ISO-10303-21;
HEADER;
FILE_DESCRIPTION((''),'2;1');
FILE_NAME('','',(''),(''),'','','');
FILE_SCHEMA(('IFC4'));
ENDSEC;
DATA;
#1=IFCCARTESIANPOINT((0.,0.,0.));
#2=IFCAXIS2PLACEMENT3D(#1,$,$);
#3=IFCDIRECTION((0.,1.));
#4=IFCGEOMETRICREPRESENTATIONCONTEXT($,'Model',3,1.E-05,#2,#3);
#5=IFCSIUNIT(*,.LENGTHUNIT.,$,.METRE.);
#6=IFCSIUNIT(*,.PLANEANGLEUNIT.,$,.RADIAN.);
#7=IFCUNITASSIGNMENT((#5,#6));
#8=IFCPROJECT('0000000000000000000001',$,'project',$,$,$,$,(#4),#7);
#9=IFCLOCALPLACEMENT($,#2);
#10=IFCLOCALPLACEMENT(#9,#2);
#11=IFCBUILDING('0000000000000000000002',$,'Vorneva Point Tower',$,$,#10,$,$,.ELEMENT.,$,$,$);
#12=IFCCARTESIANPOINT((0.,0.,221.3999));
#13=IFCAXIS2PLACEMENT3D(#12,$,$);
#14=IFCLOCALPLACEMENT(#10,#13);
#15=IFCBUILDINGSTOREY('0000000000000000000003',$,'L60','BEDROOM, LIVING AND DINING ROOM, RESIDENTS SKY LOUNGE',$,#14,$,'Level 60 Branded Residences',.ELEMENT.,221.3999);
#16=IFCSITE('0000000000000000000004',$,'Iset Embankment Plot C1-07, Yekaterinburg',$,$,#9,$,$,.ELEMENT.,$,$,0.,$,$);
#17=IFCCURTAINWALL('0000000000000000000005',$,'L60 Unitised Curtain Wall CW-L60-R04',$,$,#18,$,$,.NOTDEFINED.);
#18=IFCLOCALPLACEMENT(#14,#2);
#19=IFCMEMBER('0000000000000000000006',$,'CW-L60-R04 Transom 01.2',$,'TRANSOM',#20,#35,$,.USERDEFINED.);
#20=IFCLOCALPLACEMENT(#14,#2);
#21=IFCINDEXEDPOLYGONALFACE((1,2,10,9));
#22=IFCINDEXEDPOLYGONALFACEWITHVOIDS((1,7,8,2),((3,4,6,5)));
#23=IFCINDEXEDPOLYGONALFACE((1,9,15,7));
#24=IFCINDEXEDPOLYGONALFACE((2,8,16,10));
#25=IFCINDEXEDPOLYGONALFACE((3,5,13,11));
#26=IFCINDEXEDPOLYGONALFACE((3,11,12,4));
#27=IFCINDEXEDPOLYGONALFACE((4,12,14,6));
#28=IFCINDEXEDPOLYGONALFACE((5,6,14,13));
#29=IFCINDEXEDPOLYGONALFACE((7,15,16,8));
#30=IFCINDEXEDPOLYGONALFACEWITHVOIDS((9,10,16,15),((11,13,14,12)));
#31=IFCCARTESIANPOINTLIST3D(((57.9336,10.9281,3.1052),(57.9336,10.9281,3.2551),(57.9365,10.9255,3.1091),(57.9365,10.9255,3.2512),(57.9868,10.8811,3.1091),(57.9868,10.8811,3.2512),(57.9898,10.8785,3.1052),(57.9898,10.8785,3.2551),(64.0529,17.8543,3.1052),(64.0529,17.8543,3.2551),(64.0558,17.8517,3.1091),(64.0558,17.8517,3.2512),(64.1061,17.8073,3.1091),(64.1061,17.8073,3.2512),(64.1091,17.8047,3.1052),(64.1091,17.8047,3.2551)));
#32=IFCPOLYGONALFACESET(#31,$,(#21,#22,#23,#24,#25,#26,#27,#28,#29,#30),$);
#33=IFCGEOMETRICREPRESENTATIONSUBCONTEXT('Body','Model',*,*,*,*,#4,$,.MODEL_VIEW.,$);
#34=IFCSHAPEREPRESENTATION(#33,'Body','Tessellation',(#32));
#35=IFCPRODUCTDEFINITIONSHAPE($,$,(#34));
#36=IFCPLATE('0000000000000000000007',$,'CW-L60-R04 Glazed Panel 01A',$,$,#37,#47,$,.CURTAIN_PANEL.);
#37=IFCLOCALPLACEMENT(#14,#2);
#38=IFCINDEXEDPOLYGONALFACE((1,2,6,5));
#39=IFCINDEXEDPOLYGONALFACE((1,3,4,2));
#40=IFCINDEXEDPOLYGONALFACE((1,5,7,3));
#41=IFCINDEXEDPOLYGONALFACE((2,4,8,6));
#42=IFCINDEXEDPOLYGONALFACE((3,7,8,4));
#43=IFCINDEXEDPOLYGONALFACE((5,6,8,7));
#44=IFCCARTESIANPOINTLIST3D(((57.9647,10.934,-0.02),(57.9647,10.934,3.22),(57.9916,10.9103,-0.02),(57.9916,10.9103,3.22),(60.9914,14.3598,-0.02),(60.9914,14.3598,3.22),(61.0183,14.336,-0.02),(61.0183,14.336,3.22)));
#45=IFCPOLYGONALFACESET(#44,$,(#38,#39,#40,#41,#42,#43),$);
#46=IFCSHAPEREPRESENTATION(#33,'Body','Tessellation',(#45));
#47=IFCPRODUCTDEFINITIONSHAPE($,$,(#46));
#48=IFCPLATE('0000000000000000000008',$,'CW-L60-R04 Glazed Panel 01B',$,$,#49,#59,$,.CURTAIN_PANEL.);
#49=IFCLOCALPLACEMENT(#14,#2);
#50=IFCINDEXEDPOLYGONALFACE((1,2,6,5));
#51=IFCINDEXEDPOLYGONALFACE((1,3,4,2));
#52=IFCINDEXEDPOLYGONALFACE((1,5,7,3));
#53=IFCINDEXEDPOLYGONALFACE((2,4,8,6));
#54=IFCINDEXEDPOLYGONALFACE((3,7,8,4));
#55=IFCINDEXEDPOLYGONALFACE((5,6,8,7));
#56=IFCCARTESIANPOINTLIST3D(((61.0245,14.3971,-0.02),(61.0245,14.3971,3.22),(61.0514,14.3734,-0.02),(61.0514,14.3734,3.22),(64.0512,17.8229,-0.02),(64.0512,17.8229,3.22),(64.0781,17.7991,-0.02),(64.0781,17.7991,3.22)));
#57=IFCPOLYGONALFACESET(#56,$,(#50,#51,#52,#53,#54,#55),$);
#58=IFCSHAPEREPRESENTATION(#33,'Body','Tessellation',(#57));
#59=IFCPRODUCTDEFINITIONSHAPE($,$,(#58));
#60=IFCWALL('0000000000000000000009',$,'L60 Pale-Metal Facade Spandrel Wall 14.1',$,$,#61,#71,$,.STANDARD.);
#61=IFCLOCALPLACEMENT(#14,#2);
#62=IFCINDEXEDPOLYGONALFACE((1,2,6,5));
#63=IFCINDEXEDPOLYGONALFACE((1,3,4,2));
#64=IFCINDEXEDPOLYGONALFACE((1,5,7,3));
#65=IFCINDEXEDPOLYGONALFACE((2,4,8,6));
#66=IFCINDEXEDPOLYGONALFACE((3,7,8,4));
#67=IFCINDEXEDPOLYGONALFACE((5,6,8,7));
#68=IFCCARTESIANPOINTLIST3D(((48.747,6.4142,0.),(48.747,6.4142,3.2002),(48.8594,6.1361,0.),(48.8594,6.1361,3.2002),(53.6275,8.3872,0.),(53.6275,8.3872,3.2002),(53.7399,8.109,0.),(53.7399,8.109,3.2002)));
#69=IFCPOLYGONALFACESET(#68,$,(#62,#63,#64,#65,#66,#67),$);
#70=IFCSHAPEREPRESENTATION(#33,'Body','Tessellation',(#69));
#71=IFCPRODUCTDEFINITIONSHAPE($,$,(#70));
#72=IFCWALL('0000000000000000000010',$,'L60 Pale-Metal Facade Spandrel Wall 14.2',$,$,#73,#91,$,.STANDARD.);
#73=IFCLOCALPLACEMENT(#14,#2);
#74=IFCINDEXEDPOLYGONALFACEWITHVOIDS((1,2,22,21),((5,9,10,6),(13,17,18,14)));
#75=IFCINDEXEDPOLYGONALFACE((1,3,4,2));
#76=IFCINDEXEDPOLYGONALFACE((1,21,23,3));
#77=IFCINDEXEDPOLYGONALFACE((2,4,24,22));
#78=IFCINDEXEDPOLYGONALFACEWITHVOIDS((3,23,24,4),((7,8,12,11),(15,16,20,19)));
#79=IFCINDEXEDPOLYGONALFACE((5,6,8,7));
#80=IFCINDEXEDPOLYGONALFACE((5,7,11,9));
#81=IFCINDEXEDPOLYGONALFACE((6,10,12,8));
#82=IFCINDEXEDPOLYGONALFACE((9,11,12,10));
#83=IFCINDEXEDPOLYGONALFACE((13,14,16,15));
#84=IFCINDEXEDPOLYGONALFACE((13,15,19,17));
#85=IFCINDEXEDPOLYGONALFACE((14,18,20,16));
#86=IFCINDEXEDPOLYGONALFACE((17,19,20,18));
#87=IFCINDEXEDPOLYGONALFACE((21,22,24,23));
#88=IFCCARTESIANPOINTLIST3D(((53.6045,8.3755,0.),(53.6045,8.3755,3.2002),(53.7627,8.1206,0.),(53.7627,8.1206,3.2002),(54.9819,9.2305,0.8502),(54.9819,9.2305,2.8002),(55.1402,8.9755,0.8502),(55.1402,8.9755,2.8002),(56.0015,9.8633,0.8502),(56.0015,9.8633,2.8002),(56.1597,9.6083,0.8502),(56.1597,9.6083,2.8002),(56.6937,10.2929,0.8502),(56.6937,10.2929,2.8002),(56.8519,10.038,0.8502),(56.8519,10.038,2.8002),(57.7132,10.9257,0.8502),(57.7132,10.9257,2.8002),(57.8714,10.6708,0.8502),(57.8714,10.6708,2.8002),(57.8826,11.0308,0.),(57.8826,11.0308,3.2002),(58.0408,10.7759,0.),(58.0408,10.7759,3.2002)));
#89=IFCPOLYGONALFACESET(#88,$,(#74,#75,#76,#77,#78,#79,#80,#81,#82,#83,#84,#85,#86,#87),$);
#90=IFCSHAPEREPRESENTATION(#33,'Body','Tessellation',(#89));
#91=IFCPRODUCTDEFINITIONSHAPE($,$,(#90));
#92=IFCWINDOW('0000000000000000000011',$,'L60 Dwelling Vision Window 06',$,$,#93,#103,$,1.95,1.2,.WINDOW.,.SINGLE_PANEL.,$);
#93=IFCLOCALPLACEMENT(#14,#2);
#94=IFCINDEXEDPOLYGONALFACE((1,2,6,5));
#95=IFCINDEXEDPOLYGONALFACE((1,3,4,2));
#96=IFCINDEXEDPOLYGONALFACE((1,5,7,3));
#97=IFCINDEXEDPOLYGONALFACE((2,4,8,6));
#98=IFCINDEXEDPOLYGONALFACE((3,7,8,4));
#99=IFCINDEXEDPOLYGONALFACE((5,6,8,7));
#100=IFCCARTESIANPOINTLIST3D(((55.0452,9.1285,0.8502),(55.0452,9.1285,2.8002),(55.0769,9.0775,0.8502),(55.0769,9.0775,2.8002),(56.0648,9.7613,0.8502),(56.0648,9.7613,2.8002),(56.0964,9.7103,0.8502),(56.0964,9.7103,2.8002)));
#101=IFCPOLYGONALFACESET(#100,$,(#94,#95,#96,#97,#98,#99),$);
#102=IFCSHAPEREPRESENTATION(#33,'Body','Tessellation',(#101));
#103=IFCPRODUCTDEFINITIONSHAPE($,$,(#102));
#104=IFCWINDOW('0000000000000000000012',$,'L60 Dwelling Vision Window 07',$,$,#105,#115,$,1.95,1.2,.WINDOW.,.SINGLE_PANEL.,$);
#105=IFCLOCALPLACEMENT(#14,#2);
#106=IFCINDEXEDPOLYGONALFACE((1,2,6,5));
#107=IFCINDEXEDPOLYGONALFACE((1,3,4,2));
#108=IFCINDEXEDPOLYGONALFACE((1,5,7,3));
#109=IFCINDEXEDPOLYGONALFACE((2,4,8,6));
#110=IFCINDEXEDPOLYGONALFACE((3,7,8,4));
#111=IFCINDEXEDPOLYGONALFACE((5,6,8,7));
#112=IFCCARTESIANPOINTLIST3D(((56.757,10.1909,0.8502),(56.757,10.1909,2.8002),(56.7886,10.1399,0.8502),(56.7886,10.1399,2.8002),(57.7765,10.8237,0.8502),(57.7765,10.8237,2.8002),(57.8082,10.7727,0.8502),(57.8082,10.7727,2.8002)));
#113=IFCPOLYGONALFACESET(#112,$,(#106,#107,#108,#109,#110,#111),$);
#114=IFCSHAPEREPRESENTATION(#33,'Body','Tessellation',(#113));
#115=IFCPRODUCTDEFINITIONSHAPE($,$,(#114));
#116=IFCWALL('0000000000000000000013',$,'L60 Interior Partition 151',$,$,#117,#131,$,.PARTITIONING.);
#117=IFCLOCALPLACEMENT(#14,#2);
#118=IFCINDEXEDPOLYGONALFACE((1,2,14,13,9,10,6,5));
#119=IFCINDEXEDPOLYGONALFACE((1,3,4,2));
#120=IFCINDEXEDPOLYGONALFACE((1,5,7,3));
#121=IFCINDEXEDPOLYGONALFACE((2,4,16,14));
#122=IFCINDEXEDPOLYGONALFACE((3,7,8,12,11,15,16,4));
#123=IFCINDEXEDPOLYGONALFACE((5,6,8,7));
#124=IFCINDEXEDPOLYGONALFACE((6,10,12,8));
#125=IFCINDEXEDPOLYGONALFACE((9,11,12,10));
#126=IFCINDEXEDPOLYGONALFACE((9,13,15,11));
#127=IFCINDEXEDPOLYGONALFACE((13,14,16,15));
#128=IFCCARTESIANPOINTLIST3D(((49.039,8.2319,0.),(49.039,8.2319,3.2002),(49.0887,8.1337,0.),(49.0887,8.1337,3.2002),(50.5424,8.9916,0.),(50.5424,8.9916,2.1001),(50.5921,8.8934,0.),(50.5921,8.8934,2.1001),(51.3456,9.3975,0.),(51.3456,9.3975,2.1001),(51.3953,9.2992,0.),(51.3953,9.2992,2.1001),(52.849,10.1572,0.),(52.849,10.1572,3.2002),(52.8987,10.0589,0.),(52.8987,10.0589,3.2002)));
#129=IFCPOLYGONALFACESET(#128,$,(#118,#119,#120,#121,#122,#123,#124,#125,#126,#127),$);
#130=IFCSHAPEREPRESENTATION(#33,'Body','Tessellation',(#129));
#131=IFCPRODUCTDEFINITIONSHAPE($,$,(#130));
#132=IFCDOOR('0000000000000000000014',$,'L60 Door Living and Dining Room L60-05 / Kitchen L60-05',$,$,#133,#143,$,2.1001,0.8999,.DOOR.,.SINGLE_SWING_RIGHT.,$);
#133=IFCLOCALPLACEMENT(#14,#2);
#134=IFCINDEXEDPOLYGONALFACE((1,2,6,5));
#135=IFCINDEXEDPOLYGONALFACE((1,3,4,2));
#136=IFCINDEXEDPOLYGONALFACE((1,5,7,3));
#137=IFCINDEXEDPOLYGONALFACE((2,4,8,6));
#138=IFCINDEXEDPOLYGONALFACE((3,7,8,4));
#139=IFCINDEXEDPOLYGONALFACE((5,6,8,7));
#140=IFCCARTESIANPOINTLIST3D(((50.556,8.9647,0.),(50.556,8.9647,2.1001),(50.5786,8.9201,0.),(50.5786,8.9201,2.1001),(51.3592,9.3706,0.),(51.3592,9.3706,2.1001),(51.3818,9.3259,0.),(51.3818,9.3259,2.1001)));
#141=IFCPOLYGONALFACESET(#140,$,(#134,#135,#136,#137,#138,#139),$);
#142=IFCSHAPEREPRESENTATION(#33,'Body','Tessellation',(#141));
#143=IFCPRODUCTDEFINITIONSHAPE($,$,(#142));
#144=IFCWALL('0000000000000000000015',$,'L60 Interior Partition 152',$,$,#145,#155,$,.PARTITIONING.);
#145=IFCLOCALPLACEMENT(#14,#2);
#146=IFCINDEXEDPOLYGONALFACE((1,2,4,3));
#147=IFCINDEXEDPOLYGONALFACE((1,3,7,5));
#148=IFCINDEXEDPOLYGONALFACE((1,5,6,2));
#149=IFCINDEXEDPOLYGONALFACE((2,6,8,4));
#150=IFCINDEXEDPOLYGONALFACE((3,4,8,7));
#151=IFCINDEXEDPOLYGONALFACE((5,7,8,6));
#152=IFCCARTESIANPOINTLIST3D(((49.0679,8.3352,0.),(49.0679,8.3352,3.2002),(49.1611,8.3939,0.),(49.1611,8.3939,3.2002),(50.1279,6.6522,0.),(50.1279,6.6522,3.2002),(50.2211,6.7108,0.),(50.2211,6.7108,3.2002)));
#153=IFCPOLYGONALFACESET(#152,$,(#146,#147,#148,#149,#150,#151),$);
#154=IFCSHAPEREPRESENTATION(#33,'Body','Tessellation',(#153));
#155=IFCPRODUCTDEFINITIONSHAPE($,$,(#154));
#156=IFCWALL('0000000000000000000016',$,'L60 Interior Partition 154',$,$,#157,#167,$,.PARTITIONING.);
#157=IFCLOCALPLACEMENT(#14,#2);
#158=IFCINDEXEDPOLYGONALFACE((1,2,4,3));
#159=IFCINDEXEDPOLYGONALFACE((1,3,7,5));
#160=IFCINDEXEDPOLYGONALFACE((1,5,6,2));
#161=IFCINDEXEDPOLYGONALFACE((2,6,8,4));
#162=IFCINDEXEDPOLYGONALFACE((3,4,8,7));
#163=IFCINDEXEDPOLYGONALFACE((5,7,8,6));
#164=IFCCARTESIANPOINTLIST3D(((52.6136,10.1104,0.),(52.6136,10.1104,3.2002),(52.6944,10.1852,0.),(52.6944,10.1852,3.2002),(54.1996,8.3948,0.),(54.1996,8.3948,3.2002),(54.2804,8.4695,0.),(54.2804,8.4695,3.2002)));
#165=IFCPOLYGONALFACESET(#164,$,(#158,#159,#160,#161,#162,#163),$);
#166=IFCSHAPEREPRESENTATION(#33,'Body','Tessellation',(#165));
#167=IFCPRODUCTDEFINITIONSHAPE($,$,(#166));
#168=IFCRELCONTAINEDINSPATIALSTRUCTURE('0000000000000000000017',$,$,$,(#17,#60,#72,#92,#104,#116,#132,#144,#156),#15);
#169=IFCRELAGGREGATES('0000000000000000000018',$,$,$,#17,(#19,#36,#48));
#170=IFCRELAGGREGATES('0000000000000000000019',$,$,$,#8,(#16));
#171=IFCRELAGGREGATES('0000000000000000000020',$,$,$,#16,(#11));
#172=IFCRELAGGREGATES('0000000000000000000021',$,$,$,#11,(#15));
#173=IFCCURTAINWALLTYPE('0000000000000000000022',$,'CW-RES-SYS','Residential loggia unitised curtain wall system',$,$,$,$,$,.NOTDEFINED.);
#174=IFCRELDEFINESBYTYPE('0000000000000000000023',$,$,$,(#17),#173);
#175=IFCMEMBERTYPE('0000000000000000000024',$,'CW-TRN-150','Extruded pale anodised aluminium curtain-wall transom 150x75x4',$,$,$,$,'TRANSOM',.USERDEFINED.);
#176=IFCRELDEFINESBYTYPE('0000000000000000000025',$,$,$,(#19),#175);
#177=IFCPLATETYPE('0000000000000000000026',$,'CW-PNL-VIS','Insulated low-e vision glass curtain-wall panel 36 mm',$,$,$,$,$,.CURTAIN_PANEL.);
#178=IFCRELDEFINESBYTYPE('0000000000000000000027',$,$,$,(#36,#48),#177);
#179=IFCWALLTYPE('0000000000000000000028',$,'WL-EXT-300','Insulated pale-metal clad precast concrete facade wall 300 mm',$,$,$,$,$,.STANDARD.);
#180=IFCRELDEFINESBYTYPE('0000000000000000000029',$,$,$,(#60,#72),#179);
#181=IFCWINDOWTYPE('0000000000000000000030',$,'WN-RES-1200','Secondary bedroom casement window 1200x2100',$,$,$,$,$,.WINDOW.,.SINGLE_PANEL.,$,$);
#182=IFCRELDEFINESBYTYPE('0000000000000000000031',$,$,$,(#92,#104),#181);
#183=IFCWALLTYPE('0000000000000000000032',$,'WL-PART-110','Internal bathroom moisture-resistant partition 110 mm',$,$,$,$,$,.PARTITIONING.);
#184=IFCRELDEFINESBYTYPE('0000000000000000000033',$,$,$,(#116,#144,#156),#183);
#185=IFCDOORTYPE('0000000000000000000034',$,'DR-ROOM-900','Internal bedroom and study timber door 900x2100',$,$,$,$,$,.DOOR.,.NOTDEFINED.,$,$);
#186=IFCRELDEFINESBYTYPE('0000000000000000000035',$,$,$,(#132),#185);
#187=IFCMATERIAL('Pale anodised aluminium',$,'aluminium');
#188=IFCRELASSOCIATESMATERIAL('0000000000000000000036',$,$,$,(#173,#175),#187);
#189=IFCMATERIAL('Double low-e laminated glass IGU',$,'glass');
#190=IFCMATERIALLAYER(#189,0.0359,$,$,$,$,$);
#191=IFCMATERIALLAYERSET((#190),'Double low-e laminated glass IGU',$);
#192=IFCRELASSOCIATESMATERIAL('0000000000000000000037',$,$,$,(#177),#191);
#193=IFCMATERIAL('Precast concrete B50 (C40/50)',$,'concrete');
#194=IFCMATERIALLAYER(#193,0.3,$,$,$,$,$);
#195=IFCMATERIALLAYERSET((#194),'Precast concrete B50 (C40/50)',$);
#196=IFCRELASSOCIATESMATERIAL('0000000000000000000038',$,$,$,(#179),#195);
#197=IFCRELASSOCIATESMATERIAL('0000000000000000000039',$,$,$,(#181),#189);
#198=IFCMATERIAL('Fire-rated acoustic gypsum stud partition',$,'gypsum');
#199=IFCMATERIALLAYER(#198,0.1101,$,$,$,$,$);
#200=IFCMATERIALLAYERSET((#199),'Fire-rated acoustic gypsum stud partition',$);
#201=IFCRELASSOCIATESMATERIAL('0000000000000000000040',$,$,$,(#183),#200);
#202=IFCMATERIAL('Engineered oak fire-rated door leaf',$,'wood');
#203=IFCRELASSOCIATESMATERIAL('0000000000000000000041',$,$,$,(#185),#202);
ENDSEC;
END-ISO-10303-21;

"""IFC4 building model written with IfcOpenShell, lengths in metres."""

from ifc_helpers import new_model, si_unit, direction, frame, frame_2d, origin, origin_2d, place, context, subcontext, project, spatial, rectangle, hollow_rectangle, extrude, material, layer, layer_set, material_profile, profile_set, type_object, element, fill, aggregate, save


model = new_model("IFC4")

# Units and contexts
model_context = context("Model", 3, precision=1e-05, world=origin(), true_north=direction((0.0, 1.0)))
body_context = subcontext(model_context, "Body", "Model", "MODEL_VIEW")
ifc_project = project(units=[si_unit("LENGTHUNIT", "METRE"), si_unit("PLANEANGLEUNIT", "RADIAN")], contexts=[model_context])

# Site, building, storey
site_placement = place(None, origin())
site = spatial("IfcSite", under=ifc_project, at=site_placement, Name="Iset Embankment Plot C1-07, Yekaterinburg", CompositionType="ELEMENT", RefElevation=0.0)
building_placement = place(site_placement, origin())
building = spatial("IfcBuilding", under=site, at=building_placement, Name="Vorneva Point Tower", CompositionType="ELEMENT")
storey_placement = place(building_placement, frame((0.0, 0.0, 221.3999)))
storey = spatial("IfcBuildingStorey", under=building, at=storey_placement, Name="L60", Description="BEDROOM, LIVING AND DINING ROOM, RESIDENTS SKY LOUNGE", LongName="Level 60 Branded Residences", CompositionType="ELEMENT", Elevation=221.3999)

# Shared definitions
ifc_material_1 = material(Name="Pale anodised aluminium", Category="aluminium")
curtain_wall_type = type_object("IfcCurtainWallType", Name="CW-RES-SYS", Description="Residential loggia unitised curtain wall system", PredefinedType="NOTDEFINED", material=ifc_material_1)

# Curtain wall, member, plates
curtain_wall_1_placement = place(storey_placement, origin())
curtain_wall_1 = element("IfcCurtainWall", 1, at=curtain_wall_1_placement, inside=storey, type_object=curtain_wall_type, Name="L60 Unitised Curtain Wall CW-L60-R04", PredefinedType="NOTDEFINED")
ifc_material_profile_1 = material_profile(ifc_material_1, hollow_rectangle(XDim=0.075, YDim=0.1499, WallThickness=0.0039, at=origin_2d()), Name="AL-TRN 150x75x4")
ifc_profile_set_1 = profile_set([ifc_material_profile_1], Name="Pale anodised aluminium")
member_type_1 = type_object("IfcMemberType", Name="CW-TRN-150", Description="Extruded pale anodised aluminium curtain-wall transom 150x75x4", ElementType="TRANSOM", PredefinedType="USERDEFINED", material=ifc_profile_set_1)
member_1_placement = place(storey_placement, frame((57.9617, 10.9033, 3.1802), z_axis=(0.662106, 0.74941, 0.0), x_axis=(-0.74941, 0.662106, 0.0)))
member_1 = element("IfcMember", 2, at=member_1_placement, type_object=member_type_1, Name="CW-L60-R04 Transom 01.2", ObjectType="TRANSOM", PredefinedType="USERDEFINED", context=body_context, shape_type="SweptSolid", body=[
    extrude(hollow_rectangle(XDim=0.075, YDim=0.1499, WallThickness=0.0039, at=origin_2d()), origin(), (0.0, 0.0, 1.0), 9.2422),
])
ifc_material_2 = material(Name="Double low-e laminated glass IGU", Category="glass")
ifc_layer_1 = layer(ifc_material_2, 0.0359)
ifc_layer_set_1 = layer_set([ifc_layer_1], Name="Double low-e laminated glass IGU")
plate_type = type_object("IfcPlateType", Name="CW-PNL-VIS", Description="Insulated low-e vision glass curtain-wall panel 36 mm", PredefinedType="CURTAIN_PANEL", material=ifc_layer_set_1)
plate_1_placement = place(storey_placement, frame((59.4915, 12.635, -0.02), z_axis=(0.0, 0.0, 1.0), x_axis=(0.66211, 0.749407, 0.0)))
plate_1 = element("IfcPlate", 3, at=plate_1_placement, type_object=plate_type, Name="CW-L60-R04 Glazed Panel 01A", PredefinedType="CURTAIN_PANEL", context=body_context, shape_type="SweptSolid", body=[
    extrude(rectangle(XDim=4.5713, YDim=0.0359, at=origin_2d()), origin(), (0.0, 0.0, 1.0), 3.24),
])
plate_2_placement = place(storey_placement, frame((62.5513, 16.0981, -0.02), z_axis=(0.0, 0.0, 1.0), x_axis=(0.66211, 0.749407, 0.0)))
plate_2 = element("IfcPlate", 4, at=plate_2_placement, type_object=plate_type, Name="CW-L60-R04 Glazed Panel 01B", PredefinedType="CURTAIN_PANEL", context=body_context, shape_type="SweptSolid", body=[
    extrude(rectangle(XDim=4.5713, YDim=0.0359, at=origin_2d()), origin(), (0.0, 0.0, 1.0), 3.24),
])
aggregate(curtain_wall_1, [member_1, plate_1, plate_2])

# Wall
ifc_material_3 = material(Name="Precast concrete B50 (C40/50)", Category="concrete")
ifc_layer_2 = layer(ifc_material_3, 0.3)
ifc_layer_set_2 = layer_set([ifc_layer_2], Name="Precast concrete B50 (C40/50)")
wall_type_1 = type_object("IfcWallType", Name="WL-EXT-300", Description="Insulated pale-metal clad precast concrete facade wall 300 mm", PredefinedType="STANDARD", material=ifc_layer_set_2)
wall_1_placement = place(storey_placement, frame((48.8032, 6.2751, 0.0), z_axis=(0.0, 0.0, 1.0), x_axis=(0.927111, 0.374787, 0.0)))
element("IfcWall", 5, at=wall_1_placement, inside=storey, type_object=wall_type_1, Name="L60 Pale-Metal Facade Spandrel Wall 14.1", PredefinedType="STANDARD", context=body_context, shape_type="SweptSolid", body=[
    extrude(rectangle(XDim=5.2642, YDim=0.3, at=frame_2d((2.6321, 0.0))), origin(), (0.0, 0.0, 1.0), 3.2002),
])

# Wall, openings, windows
wall_2_placement = place(storey_placement, frame((53.6836, 8.248, 0.0), z_axis=(0.0, 0.0, 1.0), x_axis=(0.849648, 0.527351, 0.0)))
wall_2 = element("IfcWall", 6, at=wall_2_placement, inside=storey, type_object=wall_type_1, Name="L60 Pale-Metal Facade Spandrel Wall 14.2", PredefinedType="STANDARD", context=body_context, shape_type="SweptSolid", body=[
    extrude(rectangle(XDim=5.0352, YDim=0.3, at=frame_2d((2.5176, 0.0))), origin(), (0.0, 0.0, 1.0), 3.2002),
])
opening_1_placement = place(wall_2_placement, frame((1.6211, 0.0, 0.8501)))
opening_1 = element("IfcOpeningElement", 7, at=opening_1_placement, cuts=wall_2, PredefinedType="OPENING", context=body_context, shape_type="SweptSolid", body=[
    extrude(rectangle(XDim=1.2, YDim=1.95, at=frame_2d((0.6001, 0.9751))), frame((0.0, 0.165, 0.0), z_axis=(0.0, -1.0, 0.0), x_axis=(1.0, 0.0, 0.0)), (0.0, 0.0, 1.0), 0.3298),
])
opening_2_placement = place(wall_2_placement, frame((3.6357, 0.0, 0.8501)))
opening_2 = element("IfcOpeningElement", 8, at=opening_2_placement, cuts=wall_2, PredefinedType="OPENING", context=body_context, shape_type="SweptSolid", body=[
    extrude(rectangle(XDim=1.2, YDim=1.95, at=frame_2d((0.6001, 0.9751))), frame((0.0, 0.165, 0.0), z_axis=(0.0, -1.0, 0.0), x_axis=(1.0, 0.0, 0.0)), (0.0, 0.0, 1.0), 0.3298),
])
window_type = type_object("IfcWindowType", Name="WN-RES-1200", Description="Secondary bedroom casement window 1200x2100", PartitioningType="SINGLE_PANEL", PredefinedType="WINDOW", material=ifc_material_2)
window_1_placement = place(opening_1_placement, origin())
window_1 = element("IfcWindow", 9, at=window_1_placement, inside=storey, type_object=window_type, Name="L60 Dwelling Vision Window 06", OverallHeight=1.95, OverallWidth=1.2, PartitioningType="SINGLE_PANEL", PredefinedType="WINDOW", context=body_context, shape_type="SweptSolid", body=[
    extrude(rectangle(XDim=1.2, YDim=1.95, at=frame_2d((0.6001, 0.9751))), frame((0.0, 0.03, 0.0), z_axis=(0.0, -1.0, 0.0), x_axis=(1.0, 0.0, 0.0)), (0.0, 0.0, 1.0), 0.0601),
])
fill(opening_1, window_1)
window_2_placement = place(opening_2_placement, origin())
window_2 = element("IfcWindow", 10, at=window_2_placement, inside=storey, type_object=window_type, Name="L60 Dwelling Vision Window 07", OverallHeight=1.95, OverallWidth=1.2, PartitioningType="SINGLE_PANEL", PredefinedType="WINDOW", context=body_context, shape_type="SweptSolid", body=[
    extrude(rectangle(XDim=1.2, YDim=1.95, at=frame_2d((0.6001, 0.9751))), frame((0.0, 0.03, 0.0), z_axis=(0.0, -1.0, 0.0), x_axis=(1.0, 0.0, 0.0)), (0.0, 0.0, 1.0), 0.0601),
])
fill(opening_2, window_2)

# Wall, opening, door
ifc_material_4 = material(Name="Fire-rated acoustic gypsum stud partition", Category="gypsum")
ifc_layer_3 = layer(ifc_material_4, 0.1101)
ifc_layer_set_3 = layer_set([ifc_layer_3], Name="Fire-rated acoustic gypsum stud partition")
wall_type_2 = type_object("IfcWallType", Name="WL-PART-110", Description="Internal bathroom moisture-resistant partition 110 mm", PredefinedType="PARTITIONING", material=ifc_layer_set_3)
wall_3_placement = place(storey_placement, frame((49.064, 8.1829, 0.0), z_axis=(0.0, 0.0, 1.0), x_axis=(0.89252, 0.451007, 0.0)))
wall_3 = element("IfcWall", 11, at=wall_3_placement, inside=storey, type_object=wall_type_2, Name="L60 Interior Partition 151", PredefinedType="PARTITIONING", context=body_context, shape_type="SweptSolid", body=[
    extrude(rectangle(XDim=4.2688, YDim=0.1101, at=frame_2d((2.1343, 0.0))), origin(), (0.0, 0.0, 1.0), 3.2002),
])
opening_3_placement = place(wall_3_placement, frame((1.6843, 0.0, 0.0)))
opening_3 = element("IfcOpeningElement", 12, at=opening_3_placement, cuts=wall_3, PredefinedType="OPENING", context=body_context, shape_type="SweptSolid", body=[
    extrude(rectangle(XDim=0.8999, YDim=2.1001, at=frame_2d((0.45, 1.05))), frame((0.0, 0.0698, 0.0), z_axis=(0.0, -1.0, 0.0), x_axis=(1.0, 0.0, 0.0)), (0.0, 0.0, 1.0), 0.1399),
])
ifc_material_5 = material(Name="Engineered oak fire-rated door leaf", Category="wood")
door_type_1 = type_object("IfcDoorType", Name="DR-ROOM-900", Description="Internal bedroom and study timber door 900x2100", OperationType="NOTDEFINED", PredefinedType="DOOR", material=ifc_material_5)
door_1_placement = place(opening_3_placement, origin())
door_1 = element("IfcDoor", 13, at=door_1_placement, inside=storey, type_object=door_type_1, Name="L60 Door Living and Dining Room L60-05 / Kitchen L60-05", OperationType="SINGLE_SWING_RIGHT", OverallHeight=2.1001, OverallWidth=0.8999, PredefinedType="DOOR", context=body_context, shape_type="SweptSolid", body=[
    extrude(rectangle(XDim=0.8999, YDim=2.1001, at=frame_2d((0.45, 1.05))), frame((0.0, 0.0249, 0.0), z_axis=(0.0, -1.0, 0.0), x_axis=(1.0, 0.0, 0.0)), (0.0, 0.0, 1.0), 0.05),
])
fill(opening_3, door_1)

# Walls
wall_4_placement = place(storey_placement, frame((50.1746, 6.6814, 0.0), z_axis=(0.0, 0.0, 1.0), x_axis=(-0.53293, 0.846159, 0.0)))
element("IfcWall", 14, at=wall_4_placement, inside=storey, type_object=wall_type_2, Name="L60 Interior Partition 152", PredefinedType="PARTITIONING", context=body_context, shape_type="SweptSolid", body=[
    extrude(rectangle(XDim=1.989, YDim=0.1101, at=frame_2d((0.9946, 0.0))), origin(), (0.0, 0.0, 1.0), 3.2002),
])
wall_5_placement = place(storey_placement, frame((54.24, 8.4321, 0.0), z_axis=(0.0, 0.0, 1.0), x_axis=(-0.678818, 0.734306, 0.0)))
element("IfcWall", 15, at=wall_5_placement, inside=storey, type_object=wall_type_2, Name="L60 Interior Partition 154", PredefinedType="PARTITIONING", context=body_context, shape_type="SweptSolid", body=[
    extrude(rectangle(XDim=2.3364, YDim=0.1101, at=frame_2d((1.1682, 0.0))), origin(), (0.0, 0.0, 1.0), 3.2002),
])

save(model, "model.ifc")
